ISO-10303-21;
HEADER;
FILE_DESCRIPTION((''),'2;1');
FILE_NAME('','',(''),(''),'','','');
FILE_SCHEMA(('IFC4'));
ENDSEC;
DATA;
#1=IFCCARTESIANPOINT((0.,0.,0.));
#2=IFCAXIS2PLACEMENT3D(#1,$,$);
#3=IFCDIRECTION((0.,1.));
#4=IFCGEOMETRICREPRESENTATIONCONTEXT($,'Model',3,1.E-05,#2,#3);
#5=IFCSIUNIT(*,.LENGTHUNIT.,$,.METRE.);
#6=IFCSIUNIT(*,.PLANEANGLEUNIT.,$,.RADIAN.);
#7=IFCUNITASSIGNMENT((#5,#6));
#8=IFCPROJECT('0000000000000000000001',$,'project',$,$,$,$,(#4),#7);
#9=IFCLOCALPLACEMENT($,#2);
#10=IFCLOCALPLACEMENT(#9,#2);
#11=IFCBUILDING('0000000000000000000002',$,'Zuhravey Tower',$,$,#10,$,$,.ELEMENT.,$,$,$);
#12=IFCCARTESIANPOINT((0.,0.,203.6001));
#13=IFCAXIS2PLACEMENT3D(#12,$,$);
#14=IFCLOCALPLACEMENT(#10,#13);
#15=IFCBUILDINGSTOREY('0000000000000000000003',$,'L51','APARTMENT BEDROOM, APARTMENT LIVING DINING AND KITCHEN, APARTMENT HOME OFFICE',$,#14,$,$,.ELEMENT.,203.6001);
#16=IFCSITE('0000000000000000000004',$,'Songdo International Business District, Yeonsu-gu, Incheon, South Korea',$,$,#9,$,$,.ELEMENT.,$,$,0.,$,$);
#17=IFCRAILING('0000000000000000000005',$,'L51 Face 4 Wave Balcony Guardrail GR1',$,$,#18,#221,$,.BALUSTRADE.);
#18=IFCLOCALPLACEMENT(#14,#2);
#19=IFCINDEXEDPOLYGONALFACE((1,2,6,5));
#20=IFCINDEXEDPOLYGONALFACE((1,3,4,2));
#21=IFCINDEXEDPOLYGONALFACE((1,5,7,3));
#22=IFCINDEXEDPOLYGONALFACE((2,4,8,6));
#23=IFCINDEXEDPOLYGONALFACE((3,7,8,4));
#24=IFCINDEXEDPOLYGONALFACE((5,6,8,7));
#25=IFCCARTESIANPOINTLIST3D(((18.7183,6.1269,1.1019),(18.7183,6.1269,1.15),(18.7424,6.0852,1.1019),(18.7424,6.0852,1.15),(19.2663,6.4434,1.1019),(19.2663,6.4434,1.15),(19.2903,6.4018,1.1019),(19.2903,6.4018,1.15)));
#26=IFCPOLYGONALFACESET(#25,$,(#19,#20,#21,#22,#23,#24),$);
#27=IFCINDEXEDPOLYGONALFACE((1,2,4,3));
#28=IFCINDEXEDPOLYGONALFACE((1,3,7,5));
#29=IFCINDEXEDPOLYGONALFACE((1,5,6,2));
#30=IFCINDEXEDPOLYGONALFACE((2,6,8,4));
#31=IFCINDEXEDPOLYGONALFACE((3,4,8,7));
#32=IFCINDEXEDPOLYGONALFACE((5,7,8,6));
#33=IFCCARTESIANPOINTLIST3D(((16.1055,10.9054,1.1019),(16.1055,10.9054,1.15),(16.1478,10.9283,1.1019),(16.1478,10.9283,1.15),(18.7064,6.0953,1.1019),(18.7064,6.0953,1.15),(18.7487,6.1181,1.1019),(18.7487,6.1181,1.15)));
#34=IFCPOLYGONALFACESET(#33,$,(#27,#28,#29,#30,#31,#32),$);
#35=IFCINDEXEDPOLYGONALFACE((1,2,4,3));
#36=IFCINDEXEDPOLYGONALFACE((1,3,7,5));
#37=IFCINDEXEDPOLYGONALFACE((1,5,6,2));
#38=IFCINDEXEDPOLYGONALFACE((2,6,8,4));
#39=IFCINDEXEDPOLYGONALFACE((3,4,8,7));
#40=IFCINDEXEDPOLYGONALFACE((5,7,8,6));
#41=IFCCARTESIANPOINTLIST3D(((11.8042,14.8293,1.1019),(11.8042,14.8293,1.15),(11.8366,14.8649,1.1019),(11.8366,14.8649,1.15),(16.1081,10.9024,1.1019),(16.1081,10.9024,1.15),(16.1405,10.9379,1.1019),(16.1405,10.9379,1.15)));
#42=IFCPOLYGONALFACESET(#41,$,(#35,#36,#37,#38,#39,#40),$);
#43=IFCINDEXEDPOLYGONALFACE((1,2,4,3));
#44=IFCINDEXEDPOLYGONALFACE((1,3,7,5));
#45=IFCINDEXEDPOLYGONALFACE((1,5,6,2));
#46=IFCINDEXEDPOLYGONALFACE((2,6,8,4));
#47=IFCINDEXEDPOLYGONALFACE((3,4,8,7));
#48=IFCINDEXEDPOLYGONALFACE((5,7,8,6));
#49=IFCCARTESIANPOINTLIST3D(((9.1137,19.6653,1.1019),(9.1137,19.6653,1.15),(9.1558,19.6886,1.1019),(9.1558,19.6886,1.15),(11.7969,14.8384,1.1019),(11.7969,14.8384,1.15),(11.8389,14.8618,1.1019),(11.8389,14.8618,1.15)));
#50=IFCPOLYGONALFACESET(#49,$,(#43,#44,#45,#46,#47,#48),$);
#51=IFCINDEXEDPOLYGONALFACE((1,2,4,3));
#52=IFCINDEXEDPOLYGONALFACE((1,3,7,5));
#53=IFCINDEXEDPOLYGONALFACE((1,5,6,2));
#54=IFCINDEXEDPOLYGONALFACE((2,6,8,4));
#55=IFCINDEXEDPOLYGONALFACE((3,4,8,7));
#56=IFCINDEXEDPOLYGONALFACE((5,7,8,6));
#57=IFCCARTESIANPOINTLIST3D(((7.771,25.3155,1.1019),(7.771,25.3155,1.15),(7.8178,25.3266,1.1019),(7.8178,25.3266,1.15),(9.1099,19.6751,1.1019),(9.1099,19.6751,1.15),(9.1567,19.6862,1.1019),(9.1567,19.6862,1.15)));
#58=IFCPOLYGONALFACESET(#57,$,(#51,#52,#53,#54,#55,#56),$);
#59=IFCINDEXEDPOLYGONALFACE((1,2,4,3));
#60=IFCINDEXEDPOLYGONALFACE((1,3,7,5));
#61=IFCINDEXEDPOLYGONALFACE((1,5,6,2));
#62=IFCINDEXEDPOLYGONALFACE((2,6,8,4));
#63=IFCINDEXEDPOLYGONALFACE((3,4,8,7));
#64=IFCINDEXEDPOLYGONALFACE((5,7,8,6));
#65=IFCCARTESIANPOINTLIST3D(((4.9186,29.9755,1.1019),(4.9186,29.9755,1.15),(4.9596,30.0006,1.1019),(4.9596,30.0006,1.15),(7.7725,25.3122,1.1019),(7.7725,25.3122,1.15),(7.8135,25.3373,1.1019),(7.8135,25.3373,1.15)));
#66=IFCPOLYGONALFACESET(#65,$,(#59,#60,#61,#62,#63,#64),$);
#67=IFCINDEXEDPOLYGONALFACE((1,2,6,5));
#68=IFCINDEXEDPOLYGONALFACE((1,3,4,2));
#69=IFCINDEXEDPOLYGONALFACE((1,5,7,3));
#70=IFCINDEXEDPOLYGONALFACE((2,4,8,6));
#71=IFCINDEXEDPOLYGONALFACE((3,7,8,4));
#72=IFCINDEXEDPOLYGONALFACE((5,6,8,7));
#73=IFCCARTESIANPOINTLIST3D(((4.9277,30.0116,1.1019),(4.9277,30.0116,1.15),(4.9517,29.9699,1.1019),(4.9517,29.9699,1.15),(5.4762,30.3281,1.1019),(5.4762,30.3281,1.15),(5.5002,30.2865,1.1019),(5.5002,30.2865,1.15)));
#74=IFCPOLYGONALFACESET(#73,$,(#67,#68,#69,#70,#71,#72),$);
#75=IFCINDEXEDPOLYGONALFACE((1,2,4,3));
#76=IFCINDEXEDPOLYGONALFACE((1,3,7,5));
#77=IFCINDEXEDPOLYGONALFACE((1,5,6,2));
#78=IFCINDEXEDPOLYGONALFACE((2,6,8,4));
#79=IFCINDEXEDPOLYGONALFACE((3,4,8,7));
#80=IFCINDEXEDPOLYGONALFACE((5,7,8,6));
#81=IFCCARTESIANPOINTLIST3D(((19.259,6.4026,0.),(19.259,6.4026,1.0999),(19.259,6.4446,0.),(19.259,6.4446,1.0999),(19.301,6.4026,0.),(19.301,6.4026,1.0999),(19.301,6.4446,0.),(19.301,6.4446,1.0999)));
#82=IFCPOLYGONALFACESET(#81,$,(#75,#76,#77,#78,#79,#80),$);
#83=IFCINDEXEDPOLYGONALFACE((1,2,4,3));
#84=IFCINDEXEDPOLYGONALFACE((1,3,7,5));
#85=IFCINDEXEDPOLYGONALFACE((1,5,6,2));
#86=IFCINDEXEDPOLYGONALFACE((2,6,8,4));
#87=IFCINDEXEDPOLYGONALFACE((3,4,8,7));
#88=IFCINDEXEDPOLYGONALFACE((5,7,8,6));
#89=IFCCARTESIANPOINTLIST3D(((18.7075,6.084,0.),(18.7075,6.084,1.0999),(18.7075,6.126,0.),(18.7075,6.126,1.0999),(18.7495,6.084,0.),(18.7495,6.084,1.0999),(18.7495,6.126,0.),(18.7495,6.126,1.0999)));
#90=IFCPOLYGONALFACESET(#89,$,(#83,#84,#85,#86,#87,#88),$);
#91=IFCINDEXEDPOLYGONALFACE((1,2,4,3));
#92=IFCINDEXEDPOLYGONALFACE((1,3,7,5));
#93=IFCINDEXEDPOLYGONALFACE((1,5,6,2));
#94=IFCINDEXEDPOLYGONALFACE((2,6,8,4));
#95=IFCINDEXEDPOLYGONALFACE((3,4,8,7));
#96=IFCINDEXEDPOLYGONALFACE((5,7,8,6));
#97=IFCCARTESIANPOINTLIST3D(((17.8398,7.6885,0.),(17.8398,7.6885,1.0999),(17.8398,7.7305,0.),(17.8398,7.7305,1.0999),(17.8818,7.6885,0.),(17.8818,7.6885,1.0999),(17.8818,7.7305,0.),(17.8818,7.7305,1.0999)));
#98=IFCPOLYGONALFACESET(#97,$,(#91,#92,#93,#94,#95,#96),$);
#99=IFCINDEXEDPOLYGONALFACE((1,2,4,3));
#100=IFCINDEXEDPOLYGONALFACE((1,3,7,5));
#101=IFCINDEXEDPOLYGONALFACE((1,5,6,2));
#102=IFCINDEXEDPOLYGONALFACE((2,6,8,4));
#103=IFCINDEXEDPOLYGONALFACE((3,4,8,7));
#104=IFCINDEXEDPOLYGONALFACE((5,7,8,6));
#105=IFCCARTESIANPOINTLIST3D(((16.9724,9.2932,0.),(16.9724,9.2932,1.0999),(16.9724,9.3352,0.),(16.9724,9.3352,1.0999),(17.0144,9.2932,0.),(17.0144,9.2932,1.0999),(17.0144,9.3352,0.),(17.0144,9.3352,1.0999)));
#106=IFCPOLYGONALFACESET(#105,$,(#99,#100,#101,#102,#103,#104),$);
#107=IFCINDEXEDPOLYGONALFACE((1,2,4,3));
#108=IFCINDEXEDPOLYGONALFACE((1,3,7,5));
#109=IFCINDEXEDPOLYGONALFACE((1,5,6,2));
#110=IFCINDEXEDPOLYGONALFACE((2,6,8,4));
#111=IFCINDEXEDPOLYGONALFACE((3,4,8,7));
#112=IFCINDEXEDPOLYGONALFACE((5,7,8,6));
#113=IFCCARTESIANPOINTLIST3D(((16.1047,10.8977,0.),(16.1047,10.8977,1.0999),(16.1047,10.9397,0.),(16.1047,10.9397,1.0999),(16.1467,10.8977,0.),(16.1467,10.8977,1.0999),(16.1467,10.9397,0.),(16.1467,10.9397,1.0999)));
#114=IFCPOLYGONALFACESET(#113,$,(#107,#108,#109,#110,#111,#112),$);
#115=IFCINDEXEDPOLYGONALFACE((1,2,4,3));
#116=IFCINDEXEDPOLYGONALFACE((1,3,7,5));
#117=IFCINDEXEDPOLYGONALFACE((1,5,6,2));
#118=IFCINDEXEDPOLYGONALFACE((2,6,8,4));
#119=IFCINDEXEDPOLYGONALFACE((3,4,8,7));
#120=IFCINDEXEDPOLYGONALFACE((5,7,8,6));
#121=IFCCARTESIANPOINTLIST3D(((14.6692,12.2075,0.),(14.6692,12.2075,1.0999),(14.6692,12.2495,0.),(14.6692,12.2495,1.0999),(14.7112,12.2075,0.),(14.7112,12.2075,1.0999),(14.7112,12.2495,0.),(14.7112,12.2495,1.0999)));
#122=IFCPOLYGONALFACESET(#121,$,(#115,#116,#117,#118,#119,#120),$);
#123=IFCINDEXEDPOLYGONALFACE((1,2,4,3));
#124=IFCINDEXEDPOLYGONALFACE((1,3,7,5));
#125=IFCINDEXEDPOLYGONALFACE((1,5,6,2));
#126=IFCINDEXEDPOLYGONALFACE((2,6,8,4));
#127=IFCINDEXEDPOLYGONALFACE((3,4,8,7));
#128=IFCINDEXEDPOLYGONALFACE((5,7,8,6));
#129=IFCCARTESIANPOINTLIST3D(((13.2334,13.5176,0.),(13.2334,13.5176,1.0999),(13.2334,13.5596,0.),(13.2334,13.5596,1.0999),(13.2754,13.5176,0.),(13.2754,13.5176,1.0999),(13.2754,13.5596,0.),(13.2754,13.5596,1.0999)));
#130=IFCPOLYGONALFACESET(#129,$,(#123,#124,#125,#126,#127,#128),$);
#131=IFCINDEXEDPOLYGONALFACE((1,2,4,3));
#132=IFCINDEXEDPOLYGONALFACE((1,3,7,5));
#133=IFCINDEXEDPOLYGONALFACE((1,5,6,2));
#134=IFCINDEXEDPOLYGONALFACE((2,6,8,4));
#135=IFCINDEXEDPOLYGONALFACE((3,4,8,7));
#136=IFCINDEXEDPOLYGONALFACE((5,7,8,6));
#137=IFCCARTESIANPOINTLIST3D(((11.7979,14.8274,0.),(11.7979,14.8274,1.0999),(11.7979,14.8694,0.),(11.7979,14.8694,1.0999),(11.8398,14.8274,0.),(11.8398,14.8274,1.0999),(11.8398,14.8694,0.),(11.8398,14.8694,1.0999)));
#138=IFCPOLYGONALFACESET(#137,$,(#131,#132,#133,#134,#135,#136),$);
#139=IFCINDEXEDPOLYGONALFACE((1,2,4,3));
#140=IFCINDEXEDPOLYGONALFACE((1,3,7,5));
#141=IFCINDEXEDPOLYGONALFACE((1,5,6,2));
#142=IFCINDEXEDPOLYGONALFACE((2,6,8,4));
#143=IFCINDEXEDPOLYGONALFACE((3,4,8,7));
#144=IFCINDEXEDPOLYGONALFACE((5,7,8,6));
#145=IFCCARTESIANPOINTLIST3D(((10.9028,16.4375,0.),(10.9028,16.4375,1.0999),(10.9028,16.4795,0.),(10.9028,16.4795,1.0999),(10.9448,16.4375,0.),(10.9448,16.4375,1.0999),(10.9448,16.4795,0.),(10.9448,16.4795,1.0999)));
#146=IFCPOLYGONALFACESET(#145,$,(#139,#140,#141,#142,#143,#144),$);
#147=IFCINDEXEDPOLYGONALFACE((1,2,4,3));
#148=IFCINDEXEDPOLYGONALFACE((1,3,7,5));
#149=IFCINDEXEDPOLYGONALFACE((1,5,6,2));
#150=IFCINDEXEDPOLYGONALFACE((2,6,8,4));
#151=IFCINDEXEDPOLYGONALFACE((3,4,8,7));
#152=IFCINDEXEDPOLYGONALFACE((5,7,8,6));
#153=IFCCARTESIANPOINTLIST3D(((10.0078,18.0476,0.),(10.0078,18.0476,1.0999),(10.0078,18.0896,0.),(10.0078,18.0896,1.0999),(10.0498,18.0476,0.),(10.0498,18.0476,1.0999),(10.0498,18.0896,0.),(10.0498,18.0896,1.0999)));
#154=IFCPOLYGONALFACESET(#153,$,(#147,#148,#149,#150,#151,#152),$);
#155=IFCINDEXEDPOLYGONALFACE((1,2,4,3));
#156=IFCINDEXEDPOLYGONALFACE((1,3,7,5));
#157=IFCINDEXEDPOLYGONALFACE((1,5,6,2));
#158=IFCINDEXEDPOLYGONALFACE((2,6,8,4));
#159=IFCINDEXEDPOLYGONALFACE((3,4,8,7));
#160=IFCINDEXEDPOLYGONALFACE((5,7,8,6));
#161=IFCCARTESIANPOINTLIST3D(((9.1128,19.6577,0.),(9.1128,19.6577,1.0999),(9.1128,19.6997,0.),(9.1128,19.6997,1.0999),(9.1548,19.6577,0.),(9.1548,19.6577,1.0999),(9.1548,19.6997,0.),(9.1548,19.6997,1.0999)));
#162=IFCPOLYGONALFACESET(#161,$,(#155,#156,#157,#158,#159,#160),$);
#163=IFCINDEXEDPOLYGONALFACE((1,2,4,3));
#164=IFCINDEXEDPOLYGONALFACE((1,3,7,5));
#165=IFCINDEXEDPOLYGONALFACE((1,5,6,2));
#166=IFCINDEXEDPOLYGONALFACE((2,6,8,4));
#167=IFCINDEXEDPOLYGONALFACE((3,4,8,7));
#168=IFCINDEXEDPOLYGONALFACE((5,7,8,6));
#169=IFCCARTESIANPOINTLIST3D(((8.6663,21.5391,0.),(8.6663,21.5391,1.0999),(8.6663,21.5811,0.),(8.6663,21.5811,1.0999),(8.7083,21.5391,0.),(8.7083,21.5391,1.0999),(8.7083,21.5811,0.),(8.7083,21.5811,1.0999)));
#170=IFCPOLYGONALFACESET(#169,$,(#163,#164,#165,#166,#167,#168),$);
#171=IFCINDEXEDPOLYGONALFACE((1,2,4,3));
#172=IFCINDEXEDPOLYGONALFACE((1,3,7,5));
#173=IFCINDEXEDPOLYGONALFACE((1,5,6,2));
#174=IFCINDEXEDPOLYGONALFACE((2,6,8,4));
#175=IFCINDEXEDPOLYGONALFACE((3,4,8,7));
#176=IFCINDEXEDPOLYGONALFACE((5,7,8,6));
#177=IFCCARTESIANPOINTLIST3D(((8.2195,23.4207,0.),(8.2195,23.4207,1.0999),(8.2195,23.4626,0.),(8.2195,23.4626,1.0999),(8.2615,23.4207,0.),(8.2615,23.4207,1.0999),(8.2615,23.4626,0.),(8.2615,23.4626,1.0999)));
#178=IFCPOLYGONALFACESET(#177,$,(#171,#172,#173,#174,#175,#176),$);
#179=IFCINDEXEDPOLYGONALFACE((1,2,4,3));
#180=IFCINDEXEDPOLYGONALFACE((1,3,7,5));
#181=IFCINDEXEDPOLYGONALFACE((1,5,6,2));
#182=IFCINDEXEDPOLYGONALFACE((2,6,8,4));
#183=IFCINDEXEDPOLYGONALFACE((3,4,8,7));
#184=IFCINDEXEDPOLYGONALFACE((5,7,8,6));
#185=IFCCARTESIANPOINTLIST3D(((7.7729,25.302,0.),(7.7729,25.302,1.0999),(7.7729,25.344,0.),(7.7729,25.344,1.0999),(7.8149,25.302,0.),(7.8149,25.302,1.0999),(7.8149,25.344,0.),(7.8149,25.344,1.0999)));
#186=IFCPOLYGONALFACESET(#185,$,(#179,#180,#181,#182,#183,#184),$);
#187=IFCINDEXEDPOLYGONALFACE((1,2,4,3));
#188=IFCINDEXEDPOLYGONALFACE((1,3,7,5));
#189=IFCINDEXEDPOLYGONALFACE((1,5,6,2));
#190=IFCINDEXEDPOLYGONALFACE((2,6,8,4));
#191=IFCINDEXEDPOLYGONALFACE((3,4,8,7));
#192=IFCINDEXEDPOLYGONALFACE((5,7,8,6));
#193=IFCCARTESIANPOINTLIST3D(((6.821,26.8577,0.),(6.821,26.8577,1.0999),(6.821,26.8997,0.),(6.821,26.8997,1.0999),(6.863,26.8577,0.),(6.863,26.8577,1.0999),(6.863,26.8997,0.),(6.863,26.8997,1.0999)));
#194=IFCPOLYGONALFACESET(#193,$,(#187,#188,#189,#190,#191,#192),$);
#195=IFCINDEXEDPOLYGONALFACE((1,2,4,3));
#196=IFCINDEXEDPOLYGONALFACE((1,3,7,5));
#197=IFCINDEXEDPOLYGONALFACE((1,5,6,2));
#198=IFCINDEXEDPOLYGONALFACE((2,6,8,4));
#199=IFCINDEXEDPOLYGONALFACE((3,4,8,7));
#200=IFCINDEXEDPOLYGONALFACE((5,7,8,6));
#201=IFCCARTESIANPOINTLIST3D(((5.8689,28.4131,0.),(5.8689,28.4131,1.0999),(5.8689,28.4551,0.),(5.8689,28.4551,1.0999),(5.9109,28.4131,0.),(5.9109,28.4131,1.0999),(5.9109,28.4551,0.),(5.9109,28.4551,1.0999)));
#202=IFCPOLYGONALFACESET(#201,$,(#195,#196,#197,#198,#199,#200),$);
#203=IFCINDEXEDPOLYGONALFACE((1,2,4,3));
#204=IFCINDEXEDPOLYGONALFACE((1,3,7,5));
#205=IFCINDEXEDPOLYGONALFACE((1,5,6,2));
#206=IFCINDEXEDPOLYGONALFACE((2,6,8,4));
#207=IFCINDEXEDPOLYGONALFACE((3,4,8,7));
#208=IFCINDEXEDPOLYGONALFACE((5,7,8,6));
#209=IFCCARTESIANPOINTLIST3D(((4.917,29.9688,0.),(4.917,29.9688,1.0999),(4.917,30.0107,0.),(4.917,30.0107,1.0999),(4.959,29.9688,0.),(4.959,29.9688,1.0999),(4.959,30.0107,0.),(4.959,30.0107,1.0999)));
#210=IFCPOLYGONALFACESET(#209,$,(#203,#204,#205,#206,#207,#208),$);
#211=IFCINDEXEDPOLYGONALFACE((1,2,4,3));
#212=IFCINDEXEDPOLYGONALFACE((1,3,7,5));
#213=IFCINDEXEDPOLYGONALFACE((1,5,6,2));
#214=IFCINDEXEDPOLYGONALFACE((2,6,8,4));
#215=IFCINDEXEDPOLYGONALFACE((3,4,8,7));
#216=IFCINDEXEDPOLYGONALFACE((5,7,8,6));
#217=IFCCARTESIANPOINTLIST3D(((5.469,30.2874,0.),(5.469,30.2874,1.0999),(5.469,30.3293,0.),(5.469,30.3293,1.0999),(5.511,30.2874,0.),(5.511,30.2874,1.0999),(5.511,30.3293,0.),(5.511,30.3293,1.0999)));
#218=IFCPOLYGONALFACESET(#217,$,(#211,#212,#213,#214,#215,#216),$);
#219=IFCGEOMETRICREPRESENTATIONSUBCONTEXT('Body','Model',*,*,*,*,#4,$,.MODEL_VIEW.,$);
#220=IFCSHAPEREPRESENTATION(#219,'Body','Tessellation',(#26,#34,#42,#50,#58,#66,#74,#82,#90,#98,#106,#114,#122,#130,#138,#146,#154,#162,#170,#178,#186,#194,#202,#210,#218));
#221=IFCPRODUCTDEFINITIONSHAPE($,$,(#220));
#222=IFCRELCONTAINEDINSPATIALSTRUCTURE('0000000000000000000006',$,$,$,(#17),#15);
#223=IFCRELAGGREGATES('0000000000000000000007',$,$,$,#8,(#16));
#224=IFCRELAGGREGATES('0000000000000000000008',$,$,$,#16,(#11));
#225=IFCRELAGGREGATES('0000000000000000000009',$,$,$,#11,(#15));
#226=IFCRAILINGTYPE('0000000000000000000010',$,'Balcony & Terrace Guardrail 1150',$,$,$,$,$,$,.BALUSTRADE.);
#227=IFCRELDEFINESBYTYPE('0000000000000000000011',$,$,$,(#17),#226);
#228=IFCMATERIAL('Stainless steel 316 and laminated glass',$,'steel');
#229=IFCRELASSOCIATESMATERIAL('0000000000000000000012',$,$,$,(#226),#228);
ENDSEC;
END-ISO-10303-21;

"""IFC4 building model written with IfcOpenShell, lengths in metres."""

from ifc_helpers import new_model, si_unit, direction, frame, origin, origin_2d, place, context, subcontext, project, spatial, rectangle, extrude, material, type_object, element, save


model = new_model("IFC4")

# Units and contexts
model_context = context("Model", 3, precision=1e-05, world=origin(), true_north=direction((0.0, 1.0)))
body_context = subcontext(model_context, "Body", "Model", "MODEL_VIEW")
ifc_project = project(units=[si_unit("LENGTHUNIT", "METRE"), si_unit("PLANEANGLEUNIT", "RADIAN")], contexts=[model_context])

# Site, building, storey
site_placement = place(None, origin())
site = spatial("IfcSite", under=ifc_project, at=site_placement, Name="Songdo International Business District, Yeonsu-gu, Incheon, South Korea", CompositionType="ELEMENT", RefElevation=0.0)
building_placement = place(site_placement, origin())
building = spatial("IfcBuilding", under=site, at=building_placement, Name="Zuhravey Tower", CompositionType="ELEMENT")
storey_placement = place(building_placement, frame((0.0, 0.0, 203.6001)))
storey = spatial("IfcBuildingStorey", under=building, at=storey_placement, Name="L51", Description="APARTMENT BEDROOM, APARTMENT LIVING DINING AND KITCHEN, APARTMENT HOME OFFICE", CompositionType="ELEMENT", Elevation=203.6001)

# Railing
ifc_material_1 = material(Name="Stainless steel 316 and laminated glass", Category="steel")
railing_type = type_object("IfcRailingType", Name="Balcony & Terrace Guardrail 1150", PredefinedType="BALUSTRADE", material=ifc_material_1)
railing_placement = place(storey_placement, frame((19.28, 6.4236, 0.0)))
element("IfcRailing", 1, at=railing_placement, inside=storey, type_object=railing_type, Name="L51 Face 4 Wave Balcony Guardrail GR1", PredefinedType="BALUSTRADE", context=body_context, shape_type="SweptSolid", body=[
    extrude(rectangle(XDim=0.0481, YDim=0.0481, at=origin_2d()), frame((-0.0017, -0.001, 1.126), z_axis=(-0.865898, -0.50022, 0.0), x_axis=(0.50022, -0.865898, 0.0)), (0.0, 0.0, 1.0), 0.6328),
    extrude(rectangle(XDim=0.0481, YDim=0.0481, at=origin_2d()), frame((-0.5525, -0.3169, 1.126), z_axis=(-0.475626, 0.879647, 0.0), x_axis=(-0.879647, -0.475626, 0.0)), (0.0, 0.0, 1.0), 5.4683),
    extrude(rectangle(XDim=0.0481, YDim=0.0481, at=origin_2d()), frame((-3.1558, 4.4966, 1.126), z_axis=(-0.738715, 0.674018, 0.0), x_axis=(-0.674018, -0.738715, 0.0)), (0.0, 0.0, 1.0), 5.8262),
    extrude(rectangle(XDim=0.0481, YDim=0.0481, at=origin_2d()), frame((-7.4622, 8.4265, 1.126), z_axis=(-0.485857, 0.874038, 0.0), x_axis=(-0.874038, -0.485857, 0.0)), (0.0, 0.0, 1.0), 5.5225),
    extrude(rectangle(XDim=0.0481, YDim=0.0481, at=origin_2d()), frame((-10.1467, 13.2571, 1.126), z_axis=(-0.230962, 0.972963, 0.0), x_axis=(-0.972963, -0.230962, 0.0)), (0.0, 0.0, 1.0), 5.7971),
    extrude(rectangle(XDim=0.0481, YDim=0.0481, at=origin_2d()), frame((-11.4871, 18.9011, 1.126), z_axis=(-0.52199, 0.852952, 0.0), x_axis=(-0.852952, -0.52199, 0.0)), (0.0, 0.0, 1.0), 5.4673),
    extrude(rectangle(XDim=0.0481, YDim=0.0481, at=origin_2d()), frame((-14.3403, 23.5671, 1.126), z_axis=(0.86609, 0.499888, 0.0), x_axis=(-0.499888, 0.86609, 0.0)), (0.0, 0.0, 1.0), 0.6333),
    extrude(rectangle(XDim=0.042, YDim=0.042, at=origin_2d()), origin(), (0.0, 0.0, 1.0), 1.0999),
    extrude(rectangle(XDim=0.042, YDim=0.042, at=origin_2d()), frame((-0.5515, -0.3186, 0.0)), (0.0, 0.0, 1.0), 1.0999),
    extrude(rectangle(XDim=0.042, YDim=0.042, at=origin_2d()), frame((-1.4192, 1.2859, 0.0)), (0.0, 0.0, 1.0), 1.0999),
    extrude(rectangle(XDim=0.042, YDim=0.042, at=origin_2d()), frame((-2.2866, 2.8906, 0.0)), (0.0, 0.0, 1.0), 1.0999),
    extrude(rectangle(XDim=0.042, YDim=0.042, at=origin_2d()), frame((-3.1543, 4.4951, 0.0)), (0.0, 0.0, 1.0), 1.0999),
    extrude(rectangle(XDim=0.042, YDim=0.042, at=origin_2d()), frame((-4.5898, 5.8049, 0.0)), (0.0, 0.0, 1.0), 1.0999),
    extrude(rectangle(XDim=0.042, YDim=0.042, at=origin_2d()), frame((-6.0256, 7.115, 0.0)), (0.0, 0.0, 1.0), 1.0999),
    extrude(rectangle(XDim=0.042, YDim=0.042, at=origin_2d()), frame((-7.4612, 8.4248, 0.0)), (0.0, 0.0, 1.0), 1.0999),
    extrude(rectangle(XDim=0.042, YDim=0.042, at=origin_2d()), frame((-8.3562, 10.0349, 0.0)), (0.0, 0.0, 1.0), 1.0999),
    extrude(rectangle(XDim=0.042, YDim=0.042, at=origin_2d()), frame((-9.2512, 11.645, 0.0)), (0.0, 0.0, 1.0), 1.0999),
    extrude(rectangle(XDim=0.042, YDim=0.042, at=origin_2d()), frame((-10.1462, 13.2551, 0.0)), (0.0, 0.0, 1.0), 1.0999),
    extrude(rectangle(XDim=0.042, YDim=0.042, at=origin_2d()), frame((-10.5928, 15.1365, 0.0)), (0.0, 0.0, 1.0), 1.0999),
    extrude(rectangle(XDim=0.042, YDim=0.042, at=origin_2d()), frame((-11.0396, 17.0181, 0.0)), (0.0, 0.0, 1.0), 1.0999),
    extrude(rectangle(XDim=0.042, YDim=0.042, at=origin_2d()), frame((-11.4861, 18.8994, 0.0)), (0.0, 0.0, 1.0), 1.0999),
    extrude(rectangle(XDim=0.042, YDim=0.042, at=origin_2d()), frame((-12.438, 20.4551, 0.0)), (0.0, 0.0, 1.0), 1.0999),
    extrude(rectangle(XDim=0.042, YDim=0.042, at=origin_2d()), frame((-13.3901, 22.0105, 0.0)), (0.0, 0.0, 1.0), 1.0999),
    extrude(rectangle(XDim=0.042, YDim=0.042, at=origin_2d()), frame((-14.342, 23.5662, 0.0)), (0.0, 0.0, 1.0), 1.0999),
    extrude(rectangle(XDim=0.042, YDim=0.042, at=origin_2d()), frame((-13.79, 23.8848, 0.0)), (0.0, 0.0, 1.0), 1.0999),
])

save(model, "model.ifc")
